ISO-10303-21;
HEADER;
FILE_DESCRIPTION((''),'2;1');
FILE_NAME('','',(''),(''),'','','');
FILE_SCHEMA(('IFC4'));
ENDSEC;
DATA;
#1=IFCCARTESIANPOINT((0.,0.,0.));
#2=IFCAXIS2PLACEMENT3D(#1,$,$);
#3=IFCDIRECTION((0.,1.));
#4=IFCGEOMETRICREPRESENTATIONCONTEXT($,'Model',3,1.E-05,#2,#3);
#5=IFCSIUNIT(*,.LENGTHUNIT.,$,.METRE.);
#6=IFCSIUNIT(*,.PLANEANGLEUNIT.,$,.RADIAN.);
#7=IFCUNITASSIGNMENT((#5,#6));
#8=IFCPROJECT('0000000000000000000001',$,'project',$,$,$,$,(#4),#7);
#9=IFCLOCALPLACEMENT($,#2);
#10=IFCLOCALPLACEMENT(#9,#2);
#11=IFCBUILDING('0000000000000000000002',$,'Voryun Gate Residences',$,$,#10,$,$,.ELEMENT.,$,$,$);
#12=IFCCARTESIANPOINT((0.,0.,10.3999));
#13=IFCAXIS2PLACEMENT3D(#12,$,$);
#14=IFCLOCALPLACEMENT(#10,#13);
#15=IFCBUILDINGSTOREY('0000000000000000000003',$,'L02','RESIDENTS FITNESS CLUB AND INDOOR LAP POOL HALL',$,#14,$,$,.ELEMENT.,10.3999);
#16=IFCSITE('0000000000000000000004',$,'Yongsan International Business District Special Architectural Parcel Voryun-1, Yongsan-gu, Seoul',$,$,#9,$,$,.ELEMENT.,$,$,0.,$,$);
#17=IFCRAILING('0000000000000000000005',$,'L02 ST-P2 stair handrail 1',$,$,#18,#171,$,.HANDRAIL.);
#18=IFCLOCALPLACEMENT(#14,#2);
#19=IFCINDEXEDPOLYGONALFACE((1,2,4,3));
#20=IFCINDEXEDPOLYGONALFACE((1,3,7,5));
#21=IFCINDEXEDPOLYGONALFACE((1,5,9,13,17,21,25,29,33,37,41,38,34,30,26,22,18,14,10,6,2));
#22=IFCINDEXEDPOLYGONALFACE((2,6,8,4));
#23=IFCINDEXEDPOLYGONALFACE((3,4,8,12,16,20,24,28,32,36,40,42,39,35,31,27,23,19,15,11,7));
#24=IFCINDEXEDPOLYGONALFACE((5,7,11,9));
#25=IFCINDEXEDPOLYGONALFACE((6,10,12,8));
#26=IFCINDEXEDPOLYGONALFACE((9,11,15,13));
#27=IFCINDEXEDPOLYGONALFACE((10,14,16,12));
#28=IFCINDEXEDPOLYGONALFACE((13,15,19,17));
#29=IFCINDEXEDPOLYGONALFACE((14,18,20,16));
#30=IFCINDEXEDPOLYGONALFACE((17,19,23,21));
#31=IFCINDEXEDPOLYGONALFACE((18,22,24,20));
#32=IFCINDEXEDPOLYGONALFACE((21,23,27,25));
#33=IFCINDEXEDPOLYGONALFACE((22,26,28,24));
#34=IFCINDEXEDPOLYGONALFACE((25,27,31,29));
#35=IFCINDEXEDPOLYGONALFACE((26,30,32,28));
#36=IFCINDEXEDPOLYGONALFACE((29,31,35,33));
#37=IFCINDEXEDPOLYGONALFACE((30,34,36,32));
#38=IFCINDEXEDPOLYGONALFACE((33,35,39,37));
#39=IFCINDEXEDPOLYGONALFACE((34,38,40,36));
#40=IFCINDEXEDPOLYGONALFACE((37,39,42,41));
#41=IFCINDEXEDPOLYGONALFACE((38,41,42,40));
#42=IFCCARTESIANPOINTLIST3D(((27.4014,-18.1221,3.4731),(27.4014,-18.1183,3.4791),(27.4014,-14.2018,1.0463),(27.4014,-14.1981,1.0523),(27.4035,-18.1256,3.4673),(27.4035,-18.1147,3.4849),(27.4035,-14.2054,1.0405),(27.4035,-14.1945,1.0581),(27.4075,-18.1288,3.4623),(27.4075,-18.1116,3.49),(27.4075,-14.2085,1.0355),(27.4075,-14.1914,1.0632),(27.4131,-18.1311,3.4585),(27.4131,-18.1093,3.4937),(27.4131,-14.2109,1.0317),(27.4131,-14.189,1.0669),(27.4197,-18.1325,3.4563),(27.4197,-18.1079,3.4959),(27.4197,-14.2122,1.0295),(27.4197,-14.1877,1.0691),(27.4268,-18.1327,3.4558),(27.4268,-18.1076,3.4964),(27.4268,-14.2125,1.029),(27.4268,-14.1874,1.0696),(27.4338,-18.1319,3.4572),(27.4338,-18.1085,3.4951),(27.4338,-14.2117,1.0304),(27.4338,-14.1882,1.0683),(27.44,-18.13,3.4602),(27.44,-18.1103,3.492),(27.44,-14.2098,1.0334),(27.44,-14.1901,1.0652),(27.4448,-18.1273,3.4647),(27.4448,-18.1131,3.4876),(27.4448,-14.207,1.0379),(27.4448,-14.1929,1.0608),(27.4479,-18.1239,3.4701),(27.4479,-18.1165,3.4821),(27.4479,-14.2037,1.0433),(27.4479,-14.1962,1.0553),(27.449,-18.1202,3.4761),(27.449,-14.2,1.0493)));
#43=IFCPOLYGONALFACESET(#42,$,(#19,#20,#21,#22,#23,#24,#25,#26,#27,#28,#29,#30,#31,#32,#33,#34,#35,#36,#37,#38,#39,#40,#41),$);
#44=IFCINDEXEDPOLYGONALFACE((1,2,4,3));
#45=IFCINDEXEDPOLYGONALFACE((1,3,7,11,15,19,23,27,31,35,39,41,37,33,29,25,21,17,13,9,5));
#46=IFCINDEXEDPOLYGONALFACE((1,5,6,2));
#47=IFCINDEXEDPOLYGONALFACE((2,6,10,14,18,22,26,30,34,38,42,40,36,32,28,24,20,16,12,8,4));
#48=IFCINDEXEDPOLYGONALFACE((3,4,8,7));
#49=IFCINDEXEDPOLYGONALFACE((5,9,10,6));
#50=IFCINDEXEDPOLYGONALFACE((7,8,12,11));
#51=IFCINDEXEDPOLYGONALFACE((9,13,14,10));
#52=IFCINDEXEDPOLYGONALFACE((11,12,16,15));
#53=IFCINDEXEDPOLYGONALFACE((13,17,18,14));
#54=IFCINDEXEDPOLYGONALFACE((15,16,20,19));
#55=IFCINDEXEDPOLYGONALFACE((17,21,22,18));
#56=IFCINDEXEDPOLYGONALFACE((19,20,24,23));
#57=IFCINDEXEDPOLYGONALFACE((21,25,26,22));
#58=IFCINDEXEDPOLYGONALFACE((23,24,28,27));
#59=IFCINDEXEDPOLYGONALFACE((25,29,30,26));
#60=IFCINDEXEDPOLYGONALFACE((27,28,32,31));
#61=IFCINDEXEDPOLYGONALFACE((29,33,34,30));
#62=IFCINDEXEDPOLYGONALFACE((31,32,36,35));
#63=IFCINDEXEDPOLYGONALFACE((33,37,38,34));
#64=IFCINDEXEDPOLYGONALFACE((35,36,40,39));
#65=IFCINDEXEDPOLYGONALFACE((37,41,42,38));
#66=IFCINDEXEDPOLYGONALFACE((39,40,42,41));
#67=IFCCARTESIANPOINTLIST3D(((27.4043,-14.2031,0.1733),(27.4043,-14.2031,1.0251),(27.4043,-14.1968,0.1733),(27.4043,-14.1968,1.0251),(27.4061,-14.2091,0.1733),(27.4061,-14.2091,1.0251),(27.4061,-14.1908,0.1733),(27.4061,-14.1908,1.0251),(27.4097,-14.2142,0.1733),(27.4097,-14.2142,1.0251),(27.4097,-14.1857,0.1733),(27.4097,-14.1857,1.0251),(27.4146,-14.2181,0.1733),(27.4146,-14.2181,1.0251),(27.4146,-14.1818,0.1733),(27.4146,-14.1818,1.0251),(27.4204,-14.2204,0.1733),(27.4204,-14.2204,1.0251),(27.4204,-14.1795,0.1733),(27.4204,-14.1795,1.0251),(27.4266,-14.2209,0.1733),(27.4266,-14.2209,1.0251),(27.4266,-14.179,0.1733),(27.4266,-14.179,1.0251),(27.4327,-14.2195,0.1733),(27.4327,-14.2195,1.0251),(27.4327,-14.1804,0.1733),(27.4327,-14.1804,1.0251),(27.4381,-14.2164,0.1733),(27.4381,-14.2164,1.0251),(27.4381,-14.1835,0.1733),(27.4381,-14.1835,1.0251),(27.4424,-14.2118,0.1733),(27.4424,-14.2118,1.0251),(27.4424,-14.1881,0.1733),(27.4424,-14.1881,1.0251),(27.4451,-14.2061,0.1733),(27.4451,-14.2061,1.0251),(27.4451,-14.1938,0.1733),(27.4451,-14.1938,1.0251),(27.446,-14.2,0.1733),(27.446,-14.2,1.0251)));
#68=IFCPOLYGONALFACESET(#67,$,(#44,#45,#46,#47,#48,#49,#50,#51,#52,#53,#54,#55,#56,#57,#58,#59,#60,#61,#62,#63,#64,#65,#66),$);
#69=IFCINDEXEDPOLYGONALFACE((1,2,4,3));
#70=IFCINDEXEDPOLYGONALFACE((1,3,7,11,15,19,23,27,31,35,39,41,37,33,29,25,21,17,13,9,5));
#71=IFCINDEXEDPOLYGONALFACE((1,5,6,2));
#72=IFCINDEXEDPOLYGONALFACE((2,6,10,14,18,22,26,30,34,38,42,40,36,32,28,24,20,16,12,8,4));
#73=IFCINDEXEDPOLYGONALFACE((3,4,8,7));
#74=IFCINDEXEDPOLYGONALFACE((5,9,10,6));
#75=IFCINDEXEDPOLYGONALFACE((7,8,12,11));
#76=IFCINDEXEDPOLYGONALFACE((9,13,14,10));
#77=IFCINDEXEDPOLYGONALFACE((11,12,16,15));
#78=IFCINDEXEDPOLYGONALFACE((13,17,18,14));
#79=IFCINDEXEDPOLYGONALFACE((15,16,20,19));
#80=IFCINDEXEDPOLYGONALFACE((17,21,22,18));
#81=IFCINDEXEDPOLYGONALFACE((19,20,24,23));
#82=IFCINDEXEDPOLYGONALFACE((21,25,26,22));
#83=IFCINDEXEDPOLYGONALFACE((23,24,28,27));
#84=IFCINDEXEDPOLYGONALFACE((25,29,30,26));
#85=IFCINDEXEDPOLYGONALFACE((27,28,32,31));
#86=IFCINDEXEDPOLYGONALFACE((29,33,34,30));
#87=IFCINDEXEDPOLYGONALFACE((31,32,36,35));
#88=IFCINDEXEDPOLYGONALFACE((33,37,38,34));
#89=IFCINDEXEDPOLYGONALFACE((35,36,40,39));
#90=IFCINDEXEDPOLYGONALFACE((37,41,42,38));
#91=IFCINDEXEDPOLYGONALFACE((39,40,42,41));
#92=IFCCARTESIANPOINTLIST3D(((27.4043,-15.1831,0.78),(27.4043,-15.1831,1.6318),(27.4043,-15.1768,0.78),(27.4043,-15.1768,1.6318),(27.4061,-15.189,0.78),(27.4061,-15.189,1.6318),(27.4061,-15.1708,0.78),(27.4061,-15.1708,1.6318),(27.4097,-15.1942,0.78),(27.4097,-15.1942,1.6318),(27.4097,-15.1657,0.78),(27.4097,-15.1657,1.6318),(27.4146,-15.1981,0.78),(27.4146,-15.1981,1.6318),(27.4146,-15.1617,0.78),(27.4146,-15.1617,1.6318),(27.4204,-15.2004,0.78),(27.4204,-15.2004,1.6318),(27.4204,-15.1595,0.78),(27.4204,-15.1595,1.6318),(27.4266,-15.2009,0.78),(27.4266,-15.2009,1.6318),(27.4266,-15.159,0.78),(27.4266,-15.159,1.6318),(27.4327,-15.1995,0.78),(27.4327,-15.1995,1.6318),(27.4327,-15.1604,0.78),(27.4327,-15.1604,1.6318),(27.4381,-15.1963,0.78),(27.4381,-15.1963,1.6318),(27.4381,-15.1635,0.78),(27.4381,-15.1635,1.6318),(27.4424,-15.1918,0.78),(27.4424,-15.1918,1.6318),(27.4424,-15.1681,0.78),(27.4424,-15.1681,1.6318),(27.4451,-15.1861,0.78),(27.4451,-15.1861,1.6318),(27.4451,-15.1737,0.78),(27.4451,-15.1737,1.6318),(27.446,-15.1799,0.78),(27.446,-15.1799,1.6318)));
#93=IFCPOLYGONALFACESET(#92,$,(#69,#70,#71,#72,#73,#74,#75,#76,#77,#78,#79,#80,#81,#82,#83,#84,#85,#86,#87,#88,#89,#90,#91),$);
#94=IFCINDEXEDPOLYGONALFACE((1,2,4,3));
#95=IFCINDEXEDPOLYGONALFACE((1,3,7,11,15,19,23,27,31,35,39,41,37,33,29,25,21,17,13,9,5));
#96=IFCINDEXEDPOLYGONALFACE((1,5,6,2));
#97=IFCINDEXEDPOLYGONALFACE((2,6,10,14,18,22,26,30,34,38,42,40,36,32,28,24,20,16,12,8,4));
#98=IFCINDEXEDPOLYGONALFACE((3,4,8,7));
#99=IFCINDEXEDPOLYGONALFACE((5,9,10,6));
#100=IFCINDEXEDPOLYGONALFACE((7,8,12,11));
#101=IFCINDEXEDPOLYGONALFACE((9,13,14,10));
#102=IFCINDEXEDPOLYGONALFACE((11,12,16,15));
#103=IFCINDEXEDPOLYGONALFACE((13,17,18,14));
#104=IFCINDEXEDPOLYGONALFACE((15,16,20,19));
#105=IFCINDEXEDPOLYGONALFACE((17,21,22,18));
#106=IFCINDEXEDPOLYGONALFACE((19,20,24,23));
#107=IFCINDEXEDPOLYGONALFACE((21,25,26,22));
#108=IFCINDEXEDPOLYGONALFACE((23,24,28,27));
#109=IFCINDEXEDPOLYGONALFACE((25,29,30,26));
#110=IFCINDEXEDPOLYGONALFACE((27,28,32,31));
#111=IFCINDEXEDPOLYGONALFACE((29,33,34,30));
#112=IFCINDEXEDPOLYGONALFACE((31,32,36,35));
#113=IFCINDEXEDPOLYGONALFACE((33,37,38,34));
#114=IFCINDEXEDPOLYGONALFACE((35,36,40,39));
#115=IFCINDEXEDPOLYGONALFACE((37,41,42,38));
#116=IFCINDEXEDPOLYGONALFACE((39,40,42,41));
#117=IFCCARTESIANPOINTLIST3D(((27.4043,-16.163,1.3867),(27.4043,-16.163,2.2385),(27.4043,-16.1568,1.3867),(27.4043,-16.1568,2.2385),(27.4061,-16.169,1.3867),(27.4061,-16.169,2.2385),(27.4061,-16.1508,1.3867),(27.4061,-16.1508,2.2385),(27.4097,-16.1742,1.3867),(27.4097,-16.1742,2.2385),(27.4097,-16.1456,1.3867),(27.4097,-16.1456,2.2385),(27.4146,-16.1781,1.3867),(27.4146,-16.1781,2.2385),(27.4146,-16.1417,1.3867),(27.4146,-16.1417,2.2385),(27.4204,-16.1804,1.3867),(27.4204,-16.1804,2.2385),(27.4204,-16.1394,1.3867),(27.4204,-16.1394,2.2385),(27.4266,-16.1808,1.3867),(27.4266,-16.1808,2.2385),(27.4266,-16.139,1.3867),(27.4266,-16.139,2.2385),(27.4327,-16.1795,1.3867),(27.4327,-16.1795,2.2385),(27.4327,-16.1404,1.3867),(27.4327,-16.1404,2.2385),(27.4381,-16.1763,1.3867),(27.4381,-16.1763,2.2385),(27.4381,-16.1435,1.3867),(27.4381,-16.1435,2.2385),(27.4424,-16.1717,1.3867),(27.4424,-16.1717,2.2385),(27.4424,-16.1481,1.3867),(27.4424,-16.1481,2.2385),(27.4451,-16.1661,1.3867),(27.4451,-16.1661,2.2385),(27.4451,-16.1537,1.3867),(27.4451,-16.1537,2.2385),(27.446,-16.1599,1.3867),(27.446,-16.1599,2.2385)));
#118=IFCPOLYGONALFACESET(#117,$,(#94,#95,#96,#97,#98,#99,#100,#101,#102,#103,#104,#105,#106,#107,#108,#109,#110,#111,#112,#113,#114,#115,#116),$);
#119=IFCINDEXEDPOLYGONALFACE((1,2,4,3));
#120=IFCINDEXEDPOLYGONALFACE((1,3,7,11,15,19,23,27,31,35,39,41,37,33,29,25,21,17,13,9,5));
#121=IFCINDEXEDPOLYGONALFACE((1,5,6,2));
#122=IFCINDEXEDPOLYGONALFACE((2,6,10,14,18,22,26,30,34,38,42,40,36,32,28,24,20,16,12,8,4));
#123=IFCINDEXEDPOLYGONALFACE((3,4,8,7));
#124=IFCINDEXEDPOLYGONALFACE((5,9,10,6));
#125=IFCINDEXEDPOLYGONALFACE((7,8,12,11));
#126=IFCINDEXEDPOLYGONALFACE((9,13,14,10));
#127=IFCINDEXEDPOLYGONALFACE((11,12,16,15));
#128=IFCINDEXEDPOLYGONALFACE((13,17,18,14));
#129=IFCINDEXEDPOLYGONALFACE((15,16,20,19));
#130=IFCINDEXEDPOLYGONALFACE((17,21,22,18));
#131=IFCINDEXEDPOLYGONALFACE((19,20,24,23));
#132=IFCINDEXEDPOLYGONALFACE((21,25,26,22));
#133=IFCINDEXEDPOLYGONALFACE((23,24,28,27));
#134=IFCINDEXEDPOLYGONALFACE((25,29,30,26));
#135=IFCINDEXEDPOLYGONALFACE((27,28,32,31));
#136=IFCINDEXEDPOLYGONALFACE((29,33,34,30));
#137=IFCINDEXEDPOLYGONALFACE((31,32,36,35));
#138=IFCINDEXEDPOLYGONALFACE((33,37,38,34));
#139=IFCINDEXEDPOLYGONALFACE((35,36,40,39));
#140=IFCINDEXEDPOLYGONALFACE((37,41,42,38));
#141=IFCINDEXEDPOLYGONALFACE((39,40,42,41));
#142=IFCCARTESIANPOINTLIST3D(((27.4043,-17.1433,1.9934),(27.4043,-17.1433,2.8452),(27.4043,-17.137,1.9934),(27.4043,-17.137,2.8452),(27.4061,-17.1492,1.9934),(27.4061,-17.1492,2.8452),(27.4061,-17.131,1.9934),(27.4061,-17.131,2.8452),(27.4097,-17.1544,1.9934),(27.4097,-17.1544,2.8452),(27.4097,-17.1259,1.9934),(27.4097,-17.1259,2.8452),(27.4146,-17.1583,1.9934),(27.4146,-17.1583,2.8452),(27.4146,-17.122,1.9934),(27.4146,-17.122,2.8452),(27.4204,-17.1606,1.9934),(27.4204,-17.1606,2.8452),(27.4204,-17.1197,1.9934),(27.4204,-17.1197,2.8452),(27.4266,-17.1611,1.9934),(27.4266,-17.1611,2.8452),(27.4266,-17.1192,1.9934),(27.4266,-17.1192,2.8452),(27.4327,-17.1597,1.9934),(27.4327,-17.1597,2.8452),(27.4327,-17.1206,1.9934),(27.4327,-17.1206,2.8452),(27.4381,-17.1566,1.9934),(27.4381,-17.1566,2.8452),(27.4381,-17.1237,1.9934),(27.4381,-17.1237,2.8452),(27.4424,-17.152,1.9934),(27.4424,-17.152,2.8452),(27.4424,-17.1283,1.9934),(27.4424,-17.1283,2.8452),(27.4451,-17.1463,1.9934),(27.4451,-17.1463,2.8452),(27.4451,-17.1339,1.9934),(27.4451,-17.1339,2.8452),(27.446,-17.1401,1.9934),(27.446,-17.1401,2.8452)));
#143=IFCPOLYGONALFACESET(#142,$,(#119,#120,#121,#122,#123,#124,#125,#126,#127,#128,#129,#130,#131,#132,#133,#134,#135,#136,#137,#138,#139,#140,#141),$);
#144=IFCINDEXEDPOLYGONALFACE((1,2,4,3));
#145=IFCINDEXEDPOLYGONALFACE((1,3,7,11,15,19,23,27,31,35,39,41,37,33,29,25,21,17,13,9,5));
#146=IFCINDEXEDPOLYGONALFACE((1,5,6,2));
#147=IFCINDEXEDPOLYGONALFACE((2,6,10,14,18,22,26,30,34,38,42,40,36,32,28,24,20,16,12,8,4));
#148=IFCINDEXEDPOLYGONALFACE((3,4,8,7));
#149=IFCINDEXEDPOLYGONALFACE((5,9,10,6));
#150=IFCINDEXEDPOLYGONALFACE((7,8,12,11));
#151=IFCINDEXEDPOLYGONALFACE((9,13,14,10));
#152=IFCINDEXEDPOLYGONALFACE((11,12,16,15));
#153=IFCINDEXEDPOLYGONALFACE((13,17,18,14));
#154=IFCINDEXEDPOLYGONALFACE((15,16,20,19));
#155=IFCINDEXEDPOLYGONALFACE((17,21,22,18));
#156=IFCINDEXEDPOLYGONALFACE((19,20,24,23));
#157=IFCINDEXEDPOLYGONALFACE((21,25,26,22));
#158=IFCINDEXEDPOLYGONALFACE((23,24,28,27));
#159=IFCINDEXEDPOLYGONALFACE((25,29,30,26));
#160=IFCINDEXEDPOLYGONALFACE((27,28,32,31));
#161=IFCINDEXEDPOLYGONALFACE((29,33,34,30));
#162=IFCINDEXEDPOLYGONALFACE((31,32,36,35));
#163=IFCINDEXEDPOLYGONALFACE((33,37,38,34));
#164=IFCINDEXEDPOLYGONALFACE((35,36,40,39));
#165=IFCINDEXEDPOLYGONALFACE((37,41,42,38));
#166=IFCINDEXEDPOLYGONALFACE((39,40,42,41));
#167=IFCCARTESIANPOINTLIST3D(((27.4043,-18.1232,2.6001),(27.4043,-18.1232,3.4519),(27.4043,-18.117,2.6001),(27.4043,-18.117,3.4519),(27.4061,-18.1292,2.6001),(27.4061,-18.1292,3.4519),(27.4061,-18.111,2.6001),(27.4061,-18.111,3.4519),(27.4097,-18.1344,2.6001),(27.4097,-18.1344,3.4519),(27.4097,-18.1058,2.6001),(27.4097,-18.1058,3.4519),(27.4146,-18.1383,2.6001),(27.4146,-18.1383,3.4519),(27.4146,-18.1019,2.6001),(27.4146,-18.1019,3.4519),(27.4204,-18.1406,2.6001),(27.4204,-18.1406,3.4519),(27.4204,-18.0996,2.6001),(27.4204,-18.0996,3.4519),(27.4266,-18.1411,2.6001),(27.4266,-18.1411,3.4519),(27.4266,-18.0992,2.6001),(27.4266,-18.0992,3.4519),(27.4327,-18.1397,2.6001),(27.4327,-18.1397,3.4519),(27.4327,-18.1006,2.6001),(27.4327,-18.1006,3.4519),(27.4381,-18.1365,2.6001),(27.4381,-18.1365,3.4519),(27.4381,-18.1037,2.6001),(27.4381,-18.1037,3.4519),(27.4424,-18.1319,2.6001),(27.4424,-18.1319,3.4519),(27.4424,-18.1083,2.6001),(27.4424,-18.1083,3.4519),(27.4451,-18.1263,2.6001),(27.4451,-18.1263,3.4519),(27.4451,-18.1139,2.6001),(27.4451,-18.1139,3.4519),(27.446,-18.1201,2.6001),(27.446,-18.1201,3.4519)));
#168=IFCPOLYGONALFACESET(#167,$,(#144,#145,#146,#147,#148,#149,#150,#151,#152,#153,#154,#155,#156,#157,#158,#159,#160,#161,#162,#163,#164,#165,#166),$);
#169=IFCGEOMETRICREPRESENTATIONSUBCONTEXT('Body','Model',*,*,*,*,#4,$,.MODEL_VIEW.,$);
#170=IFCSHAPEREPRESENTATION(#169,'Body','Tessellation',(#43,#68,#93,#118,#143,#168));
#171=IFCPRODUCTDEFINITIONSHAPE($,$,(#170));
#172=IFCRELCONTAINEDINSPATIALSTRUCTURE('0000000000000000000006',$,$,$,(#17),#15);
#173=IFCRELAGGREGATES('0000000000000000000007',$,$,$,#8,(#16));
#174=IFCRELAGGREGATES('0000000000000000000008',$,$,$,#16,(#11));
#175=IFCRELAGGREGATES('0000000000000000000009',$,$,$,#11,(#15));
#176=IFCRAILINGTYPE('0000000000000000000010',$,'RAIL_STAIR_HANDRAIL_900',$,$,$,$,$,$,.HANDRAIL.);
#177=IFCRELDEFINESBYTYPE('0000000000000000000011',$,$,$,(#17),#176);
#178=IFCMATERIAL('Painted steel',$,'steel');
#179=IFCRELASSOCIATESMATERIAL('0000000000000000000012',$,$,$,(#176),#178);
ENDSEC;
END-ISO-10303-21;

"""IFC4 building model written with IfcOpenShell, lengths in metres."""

from ifc_helpers import new_model, si_unit, direction, frame, origin, origin_2d, place, context, subcontext, project, spatial, circle, extrude, material, type_object, element, save


model = new_model("IFC4")

# Units and contexts
model_context = context("Model", 3, precision=1e-05, world=origin(), true_north=direction((0.0, 1.0)))
body_context = subcontext(model_context, "Body", "Model", "MODEL_VIEW")
ifc_project = project(units=[si_unit("LENGTHUNIT", "METRE"), si_unit("PLANEANGLEUNIT", "RADIAN")], contexts=[model_context])

# Site, building, storey
site_placement = place(None, origin())
site = spatial("IfcSite", under=ifc_project, at=site_placement, Name="Yongsan International Business District Special Architectural Parcel Voryun-1, Yongsan-gu, Seoul", CompositionType="ELEMENT", RefElevation=0.0)
building_placement = place(site_placement, origin())
building = spatial("IfcBuilding", under=site, at=building_placement, Name="Voryun Gate Residences", CompositionType="ELEMENT")
storey_placement = place(building_placement, frame((0.0, 0.0, 10.3999)))
storey = spatial("IfcBuildingStorey", under=building, at=storey_placement, Name="L02", Description="RESIDENTS FITNESS CLUB AND INDOOR LAP POOL HALL", CompositionType="ELEMENT", Elevation=10.3999)

# Railing
ifc_material_1 = material(Name="Painted steel", Category="steel")
railing_type_1 = type_object("IfcRailingType", Name="RAIL_STAIR_HANDRAIL_900", PredefinedType="HANDRAIL", material=ifc_material_1)
railing_1_placement = place(storey_placement, frame((27.425, -14.2, 0.1733)))
element("IfcRailing", 1, at=railing_1_placement, inside=storey, type_object=railing_type_1, Name="L02 ST-P2 stair handrail 1", PredefinedType="HANDRAIL", context=body_context, shape_type="SweptSolid", body=[
    extrude(circle(Radius=0.0239, at=origin_2d()), frame((0.0, 0.0, 0.876), z_axis=(0.0, -0.850266, 0.526353), x_axis=(1.0, 0.0, 0.0)), (0.0, 0.0, 1.0), 4.6106),
    extrude(circle(Radius=0.021, at=origin_2d()), origin(), (0.0, 0.0, 1.0), 0.8518),
    extrude(circle(Radius=0.021, at=origin_2d()), frame((0.0, -0.98, 0.6067)), (0.0, 0.0, 1.0), 0.8518),
    extrude(circle(Radius=0.021, at=origin_2d()), frame((0.0, -1.96, 1.2134)), (0.0, 0.0, 1.0), 0.8518),
    extrude(circle(Radius=0.021, at=origin_2d()), frame((0.0, -2.9402, 1.8201)), (0.0, 0.0, 1.0), 0.8518),
    extrude(circle(Radius=0.021, at=origin_2d()), frame((0.0, -3.9202, 2.4268)), (0.0, 0.0, 1.0), 0.8518),
])

save(model, "model.ifc")
